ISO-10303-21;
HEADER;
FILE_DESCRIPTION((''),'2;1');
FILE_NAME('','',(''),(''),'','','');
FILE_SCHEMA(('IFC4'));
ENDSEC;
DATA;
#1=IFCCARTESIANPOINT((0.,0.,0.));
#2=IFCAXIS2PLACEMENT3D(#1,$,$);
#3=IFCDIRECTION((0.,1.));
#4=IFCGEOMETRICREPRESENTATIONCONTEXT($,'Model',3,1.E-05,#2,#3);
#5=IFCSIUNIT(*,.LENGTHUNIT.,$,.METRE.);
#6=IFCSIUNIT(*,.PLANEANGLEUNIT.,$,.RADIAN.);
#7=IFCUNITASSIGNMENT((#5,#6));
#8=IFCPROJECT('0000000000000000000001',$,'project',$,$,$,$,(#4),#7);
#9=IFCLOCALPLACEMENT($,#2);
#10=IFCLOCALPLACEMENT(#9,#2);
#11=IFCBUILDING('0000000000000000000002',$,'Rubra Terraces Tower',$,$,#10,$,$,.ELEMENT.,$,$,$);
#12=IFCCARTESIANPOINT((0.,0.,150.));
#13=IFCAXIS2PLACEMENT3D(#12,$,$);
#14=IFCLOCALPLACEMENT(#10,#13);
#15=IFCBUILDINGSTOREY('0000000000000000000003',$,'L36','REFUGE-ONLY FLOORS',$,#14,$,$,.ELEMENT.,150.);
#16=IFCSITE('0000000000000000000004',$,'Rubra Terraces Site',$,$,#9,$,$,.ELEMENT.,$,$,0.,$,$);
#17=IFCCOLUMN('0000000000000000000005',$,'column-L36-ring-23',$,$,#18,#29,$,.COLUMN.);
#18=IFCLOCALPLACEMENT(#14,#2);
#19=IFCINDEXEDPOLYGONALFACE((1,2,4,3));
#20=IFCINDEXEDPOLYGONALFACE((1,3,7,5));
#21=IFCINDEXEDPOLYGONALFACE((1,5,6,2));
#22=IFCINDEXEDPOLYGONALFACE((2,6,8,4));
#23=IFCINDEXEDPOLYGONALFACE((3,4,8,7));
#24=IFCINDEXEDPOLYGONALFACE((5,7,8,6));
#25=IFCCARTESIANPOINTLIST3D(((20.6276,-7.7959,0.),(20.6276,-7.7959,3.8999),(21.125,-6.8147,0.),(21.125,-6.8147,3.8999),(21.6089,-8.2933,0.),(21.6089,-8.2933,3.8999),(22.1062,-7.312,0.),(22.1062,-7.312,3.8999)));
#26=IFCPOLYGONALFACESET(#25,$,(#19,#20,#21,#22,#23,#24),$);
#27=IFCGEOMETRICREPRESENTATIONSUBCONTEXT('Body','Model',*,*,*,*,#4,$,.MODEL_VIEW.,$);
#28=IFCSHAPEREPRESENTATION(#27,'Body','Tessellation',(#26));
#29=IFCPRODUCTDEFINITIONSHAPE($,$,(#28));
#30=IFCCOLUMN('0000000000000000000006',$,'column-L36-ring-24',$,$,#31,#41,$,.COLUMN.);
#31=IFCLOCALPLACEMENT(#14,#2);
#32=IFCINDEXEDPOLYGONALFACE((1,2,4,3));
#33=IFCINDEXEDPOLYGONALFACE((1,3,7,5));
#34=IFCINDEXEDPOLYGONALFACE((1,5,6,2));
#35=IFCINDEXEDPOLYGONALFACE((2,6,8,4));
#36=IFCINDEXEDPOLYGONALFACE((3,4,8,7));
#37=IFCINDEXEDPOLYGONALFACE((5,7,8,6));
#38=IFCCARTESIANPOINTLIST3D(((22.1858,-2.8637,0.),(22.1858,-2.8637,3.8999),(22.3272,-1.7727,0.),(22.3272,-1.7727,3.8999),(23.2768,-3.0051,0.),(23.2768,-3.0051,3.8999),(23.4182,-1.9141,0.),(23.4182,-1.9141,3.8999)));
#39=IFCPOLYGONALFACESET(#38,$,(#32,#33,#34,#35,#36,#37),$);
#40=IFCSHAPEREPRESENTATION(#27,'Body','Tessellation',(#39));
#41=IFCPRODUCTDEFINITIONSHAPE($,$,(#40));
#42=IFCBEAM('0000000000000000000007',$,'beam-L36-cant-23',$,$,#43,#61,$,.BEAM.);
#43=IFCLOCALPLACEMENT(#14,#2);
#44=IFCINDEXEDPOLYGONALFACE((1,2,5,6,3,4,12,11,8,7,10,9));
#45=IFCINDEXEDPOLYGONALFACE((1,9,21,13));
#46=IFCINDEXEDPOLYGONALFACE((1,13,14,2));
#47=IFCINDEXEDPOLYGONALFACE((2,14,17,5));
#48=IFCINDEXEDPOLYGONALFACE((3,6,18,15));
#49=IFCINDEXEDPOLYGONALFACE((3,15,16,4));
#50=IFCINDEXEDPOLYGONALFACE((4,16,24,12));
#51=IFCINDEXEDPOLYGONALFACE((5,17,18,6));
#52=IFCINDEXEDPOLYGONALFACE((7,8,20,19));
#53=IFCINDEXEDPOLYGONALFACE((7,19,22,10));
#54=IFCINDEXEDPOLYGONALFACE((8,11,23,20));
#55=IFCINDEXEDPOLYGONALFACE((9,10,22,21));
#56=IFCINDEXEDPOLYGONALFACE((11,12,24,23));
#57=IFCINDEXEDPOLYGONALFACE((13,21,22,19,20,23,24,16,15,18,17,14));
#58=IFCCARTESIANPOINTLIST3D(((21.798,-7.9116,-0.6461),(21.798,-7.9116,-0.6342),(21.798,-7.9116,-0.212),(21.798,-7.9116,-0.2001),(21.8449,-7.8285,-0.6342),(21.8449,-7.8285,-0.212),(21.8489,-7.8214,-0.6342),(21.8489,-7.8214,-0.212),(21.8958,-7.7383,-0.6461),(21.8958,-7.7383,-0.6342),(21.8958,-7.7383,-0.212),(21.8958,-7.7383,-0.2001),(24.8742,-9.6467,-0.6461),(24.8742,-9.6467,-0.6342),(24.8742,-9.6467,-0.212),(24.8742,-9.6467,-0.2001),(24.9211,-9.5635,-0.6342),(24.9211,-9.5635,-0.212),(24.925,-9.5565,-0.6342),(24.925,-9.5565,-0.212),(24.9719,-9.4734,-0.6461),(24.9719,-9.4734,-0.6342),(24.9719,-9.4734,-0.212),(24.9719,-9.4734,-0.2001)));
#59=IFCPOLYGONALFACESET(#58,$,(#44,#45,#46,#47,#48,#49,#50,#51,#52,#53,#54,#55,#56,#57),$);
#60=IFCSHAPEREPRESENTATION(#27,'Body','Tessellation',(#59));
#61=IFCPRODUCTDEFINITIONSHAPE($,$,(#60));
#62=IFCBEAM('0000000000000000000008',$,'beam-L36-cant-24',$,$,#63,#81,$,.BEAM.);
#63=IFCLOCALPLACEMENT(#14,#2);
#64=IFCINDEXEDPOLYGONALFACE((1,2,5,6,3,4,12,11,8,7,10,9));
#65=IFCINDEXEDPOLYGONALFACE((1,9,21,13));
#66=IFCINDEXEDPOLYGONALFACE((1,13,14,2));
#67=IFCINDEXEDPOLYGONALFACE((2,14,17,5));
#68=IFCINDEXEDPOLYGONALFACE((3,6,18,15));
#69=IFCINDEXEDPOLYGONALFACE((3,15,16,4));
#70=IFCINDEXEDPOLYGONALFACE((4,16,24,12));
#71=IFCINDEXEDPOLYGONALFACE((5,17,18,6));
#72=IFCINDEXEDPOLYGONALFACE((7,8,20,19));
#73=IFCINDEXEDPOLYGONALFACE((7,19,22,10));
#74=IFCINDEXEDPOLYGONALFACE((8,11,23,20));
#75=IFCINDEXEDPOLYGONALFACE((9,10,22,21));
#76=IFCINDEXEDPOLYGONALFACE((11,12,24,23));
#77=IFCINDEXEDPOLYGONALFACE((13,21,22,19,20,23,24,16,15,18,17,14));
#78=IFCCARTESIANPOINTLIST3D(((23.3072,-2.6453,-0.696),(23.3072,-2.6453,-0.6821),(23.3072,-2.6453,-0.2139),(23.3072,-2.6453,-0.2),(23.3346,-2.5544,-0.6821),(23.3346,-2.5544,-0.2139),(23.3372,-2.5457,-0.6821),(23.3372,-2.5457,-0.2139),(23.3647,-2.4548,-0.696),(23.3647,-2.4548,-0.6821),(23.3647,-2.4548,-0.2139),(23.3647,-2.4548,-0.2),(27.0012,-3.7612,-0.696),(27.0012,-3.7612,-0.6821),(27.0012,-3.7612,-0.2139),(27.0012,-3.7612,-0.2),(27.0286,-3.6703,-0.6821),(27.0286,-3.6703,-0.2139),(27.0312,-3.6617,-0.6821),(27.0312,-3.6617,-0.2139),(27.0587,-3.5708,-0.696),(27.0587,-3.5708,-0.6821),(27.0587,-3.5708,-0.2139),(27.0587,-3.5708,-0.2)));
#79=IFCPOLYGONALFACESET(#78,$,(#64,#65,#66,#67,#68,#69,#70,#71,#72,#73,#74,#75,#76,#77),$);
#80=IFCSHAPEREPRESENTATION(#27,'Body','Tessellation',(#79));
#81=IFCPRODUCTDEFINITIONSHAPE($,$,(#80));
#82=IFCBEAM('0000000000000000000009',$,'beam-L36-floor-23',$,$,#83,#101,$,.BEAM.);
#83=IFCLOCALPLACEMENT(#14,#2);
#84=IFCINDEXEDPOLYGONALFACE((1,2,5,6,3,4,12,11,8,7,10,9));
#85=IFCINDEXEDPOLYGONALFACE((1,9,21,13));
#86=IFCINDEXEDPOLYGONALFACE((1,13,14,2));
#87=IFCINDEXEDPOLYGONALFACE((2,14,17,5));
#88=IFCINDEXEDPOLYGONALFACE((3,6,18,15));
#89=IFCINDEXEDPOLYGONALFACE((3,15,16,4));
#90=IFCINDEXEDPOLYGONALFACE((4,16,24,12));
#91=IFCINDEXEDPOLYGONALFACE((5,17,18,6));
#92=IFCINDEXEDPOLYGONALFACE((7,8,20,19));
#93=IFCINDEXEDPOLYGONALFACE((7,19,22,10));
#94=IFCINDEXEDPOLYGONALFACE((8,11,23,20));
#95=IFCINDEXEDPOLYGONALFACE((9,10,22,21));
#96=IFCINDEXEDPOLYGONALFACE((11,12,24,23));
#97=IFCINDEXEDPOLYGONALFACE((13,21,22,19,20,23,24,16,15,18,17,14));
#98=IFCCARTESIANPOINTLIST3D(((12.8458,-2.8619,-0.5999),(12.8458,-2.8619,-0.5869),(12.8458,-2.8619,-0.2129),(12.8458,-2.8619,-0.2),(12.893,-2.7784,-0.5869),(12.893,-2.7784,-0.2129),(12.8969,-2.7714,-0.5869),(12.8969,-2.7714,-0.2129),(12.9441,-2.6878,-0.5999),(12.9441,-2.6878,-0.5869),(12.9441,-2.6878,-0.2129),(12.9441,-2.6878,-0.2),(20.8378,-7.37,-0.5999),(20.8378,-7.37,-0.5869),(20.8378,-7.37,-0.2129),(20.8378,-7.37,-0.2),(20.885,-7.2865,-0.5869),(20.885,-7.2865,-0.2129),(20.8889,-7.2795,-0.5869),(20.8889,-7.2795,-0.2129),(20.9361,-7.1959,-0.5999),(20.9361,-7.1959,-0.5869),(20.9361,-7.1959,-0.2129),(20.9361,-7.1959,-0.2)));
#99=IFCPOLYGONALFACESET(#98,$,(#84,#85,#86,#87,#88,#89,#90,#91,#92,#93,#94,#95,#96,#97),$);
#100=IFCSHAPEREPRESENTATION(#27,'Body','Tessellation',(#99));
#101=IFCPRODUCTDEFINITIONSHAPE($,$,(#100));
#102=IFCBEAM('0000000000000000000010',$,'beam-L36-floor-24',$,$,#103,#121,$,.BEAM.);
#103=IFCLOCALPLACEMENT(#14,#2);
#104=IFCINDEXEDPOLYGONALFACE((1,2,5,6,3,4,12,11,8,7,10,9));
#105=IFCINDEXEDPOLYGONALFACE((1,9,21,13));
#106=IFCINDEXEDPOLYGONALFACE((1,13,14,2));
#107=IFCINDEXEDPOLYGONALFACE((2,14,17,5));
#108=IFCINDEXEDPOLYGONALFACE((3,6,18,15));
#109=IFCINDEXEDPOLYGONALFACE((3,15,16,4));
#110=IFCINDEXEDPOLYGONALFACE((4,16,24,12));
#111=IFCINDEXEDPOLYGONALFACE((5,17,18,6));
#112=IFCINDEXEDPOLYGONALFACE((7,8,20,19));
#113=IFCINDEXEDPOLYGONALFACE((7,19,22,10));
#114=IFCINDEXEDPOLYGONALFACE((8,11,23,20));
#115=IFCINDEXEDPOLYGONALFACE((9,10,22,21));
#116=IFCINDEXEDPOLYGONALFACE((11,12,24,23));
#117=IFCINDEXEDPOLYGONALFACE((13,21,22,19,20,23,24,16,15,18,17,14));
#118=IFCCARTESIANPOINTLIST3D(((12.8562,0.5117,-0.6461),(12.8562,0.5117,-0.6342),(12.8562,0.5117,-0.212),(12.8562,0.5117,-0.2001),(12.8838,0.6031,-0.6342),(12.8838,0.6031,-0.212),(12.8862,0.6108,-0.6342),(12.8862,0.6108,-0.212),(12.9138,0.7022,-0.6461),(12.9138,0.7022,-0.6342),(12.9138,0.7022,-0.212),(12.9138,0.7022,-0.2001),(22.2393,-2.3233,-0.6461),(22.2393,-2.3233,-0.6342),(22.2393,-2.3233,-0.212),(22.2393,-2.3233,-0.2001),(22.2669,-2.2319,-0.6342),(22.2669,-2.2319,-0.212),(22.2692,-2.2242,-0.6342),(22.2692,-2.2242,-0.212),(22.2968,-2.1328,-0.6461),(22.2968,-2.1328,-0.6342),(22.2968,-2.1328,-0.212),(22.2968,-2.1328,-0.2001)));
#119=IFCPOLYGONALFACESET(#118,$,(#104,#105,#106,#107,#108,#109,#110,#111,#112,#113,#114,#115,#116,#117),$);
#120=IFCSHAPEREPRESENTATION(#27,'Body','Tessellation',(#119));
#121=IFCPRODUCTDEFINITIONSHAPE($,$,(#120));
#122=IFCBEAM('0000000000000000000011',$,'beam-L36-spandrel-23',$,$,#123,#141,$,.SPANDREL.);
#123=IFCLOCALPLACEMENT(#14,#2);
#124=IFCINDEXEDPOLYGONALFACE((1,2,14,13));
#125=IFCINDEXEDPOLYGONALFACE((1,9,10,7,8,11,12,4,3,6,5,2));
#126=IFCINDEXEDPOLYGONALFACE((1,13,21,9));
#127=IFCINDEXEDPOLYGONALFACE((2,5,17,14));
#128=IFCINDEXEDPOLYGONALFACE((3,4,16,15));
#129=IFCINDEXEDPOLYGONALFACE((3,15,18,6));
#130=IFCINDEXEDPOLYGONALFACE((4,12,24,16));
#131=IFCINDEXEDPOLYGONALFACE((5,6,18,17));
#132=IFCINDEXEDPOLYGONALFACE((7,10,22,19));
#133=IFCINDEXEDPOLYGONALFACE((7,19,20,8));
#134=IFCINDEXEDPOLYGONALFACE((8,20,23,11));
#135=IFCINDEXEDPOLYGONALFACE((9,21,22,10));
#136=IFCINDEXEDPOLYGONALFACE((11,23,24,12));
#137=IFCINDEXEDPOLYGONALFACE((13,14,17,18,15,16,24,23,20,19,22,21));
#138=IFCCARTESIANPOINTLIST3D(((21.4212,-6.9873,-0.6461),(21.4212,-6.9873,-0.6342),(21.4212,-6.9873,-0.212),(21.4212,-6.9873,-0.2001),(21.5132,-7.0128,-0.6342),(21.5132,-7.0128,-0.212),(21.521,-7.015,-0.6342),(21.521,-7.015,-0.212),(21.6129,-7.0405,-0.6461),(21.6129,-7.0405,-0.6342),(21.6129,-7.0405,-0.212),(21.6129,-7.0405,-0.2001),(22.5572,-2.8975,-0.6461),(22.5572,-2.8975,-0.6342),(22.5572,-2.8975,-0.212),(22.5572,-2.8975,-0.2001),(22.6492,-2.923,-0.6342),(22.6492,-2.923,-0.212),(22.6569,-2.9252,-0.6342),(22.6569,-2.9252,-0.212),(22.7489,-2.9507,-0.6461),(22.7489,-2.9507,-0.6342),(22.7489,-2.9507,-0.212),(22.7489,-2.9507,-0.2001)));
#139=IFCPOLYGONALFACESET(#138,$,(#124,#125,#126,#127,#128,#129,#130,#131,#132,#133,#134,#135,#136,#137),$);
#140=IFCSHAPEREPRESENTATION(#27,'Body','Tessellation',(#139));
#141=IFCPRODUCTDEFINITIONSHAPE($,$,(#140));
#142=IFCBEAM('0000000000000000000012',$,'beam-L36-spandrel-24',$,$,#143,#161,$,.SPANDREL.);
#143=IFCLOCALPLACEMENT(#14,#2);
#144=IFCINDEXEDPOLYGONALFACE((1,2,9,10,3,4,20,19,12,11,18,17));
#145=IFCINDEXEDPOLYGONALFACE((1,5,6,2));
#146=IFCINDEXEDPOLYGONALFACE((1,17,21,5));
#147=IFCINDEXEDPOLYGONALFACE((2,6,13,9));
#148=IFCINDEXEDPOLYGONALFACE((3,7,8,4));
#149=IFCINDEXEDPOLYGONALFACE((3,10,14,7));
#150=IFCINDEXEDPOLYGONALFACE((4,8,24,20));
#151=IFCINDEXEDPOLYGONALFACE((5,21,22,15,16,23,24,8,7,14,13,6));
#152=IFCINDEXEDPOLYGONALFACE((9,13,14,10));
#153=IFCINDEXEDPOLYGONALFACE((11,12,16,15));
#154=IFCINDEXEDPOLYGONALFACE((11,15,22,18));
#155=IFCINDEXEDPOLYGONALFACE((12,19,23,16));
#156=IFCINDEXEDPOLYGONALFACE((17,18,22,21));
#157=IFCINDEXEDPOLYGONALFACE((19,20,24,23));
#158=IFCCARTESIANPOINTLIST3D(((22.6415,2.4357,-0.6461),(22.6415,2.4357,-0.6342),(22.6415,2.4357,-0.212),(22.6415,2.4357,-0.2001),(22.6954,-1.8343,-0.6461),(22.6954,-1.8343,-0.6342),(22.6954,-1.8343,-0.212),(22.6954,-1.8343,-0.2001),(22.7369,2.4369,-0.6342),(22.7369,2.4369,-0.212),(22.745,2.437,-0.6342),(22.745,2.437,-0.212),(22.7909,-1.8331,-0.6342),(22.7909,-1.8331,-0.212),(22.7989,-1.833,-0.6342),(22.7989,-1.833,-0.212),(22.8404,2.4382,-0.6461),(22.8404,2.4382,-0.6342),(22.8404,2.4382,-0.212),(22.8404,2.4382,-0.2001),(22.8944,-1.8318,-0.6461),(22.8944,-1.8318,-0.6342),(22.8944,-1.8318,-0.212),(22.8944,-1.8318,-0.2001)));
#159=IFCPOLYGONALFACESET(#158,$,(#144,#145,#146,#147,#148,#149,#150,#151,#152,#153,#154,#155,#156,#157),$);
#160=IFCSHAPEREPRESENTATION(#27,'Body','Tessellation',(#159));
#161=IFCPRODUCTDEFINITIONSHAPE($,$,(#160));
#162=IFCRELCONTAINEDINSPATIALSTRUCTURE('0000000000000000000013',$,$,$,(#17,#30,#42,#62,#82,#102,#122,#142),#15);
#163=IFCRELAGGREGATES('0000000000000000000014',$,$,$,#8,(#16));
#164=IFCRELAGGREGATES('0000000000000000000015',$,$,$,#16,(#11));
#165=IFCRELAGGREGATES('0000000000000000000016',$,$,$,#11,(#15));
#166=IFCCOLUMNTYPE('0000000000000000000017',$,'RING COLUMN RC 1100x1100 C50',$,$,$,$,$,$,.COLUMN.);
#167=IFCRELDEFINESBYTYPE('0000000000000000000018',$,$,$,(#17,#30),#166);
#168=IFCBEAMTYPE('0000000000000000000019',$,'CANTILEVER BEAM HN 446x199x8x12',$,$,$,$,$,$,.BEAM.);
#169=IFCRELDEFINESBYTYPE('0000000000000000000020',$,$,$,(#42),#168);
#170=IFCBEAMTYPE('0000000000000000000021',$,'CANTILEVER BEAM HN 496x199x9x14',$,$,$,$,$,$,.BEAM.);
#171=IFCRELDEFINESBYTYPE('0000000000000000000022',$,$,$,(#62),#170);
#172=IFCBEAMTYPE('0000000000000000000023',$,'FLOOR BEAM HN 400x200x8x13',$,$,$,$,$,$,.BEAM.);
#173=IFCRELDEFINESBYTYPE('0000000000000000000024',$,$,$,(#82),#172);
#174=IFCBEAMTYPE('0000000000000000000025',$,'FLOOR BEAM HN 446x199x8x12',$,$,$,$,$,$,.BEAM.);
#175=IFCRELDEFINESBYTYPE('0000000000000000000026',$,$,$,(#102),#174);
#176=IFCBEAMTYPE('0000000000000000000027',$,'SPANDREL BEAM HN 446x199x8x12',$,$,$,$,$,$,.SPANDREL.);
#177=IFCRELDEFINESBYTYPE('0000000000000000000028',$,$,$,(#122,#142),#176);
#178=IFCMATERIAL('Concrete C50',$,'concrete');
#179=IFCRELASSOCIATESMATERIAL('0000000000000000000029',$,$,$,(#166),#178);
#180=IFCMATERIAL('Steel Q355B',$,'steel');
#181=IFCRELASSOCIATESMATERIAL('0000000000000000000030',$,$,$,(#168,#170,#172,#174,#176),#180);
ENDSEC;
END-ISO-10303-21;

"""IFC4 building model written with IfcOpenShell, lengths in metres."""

from ifc_helpers import new_model, si_unit, direction, frame, origin, origin_2d, place, context, subcontext, project, spatial, rectangle, i_section, extrude, material, material_profile, profile_set, type_object, element, save


model = new_model("IFC4")

# Units and contexts
model_context = context("Model", 3, precision=1e-05, world=origin(), true_north=direction((0.0, 1.0)))
body_context = subcontext(model_context, "Body", "Model", "MODEL_VIEW")
ifc_project = project(units=[si_unit("LENGTHUNIT", "METRE"), si_unit("PLANEANGLEUNIT", "RADIAN")], contexts=[model_context])

# Site, building, storey
site_placement = place(None, origin())
site = spatial("IfcSite", under=ifc_project, at=site_placement, Name="Rubra Terraces Site", CompositionType="ELEMENT", RefElevation=0.0)
building_placement = place(site_placement, origin())
building = spatial("IfcBuilding", under=site, at=building_placement, Name="Rubra Terraces Tower", CompositionType="ELEMENT")
storey_placement = place(building_placement, frame((0.0, 0.0, 150.0)))
storey = spatial("IfcBuildingStorey", under=building, at=storey_placement, Name="L36", Description="REFUGE-ONLY FLOORS", CompositionType="ELEMENT", Elevation=150.0)

# Columns
ifc_material_1 = material(Name="Concrete C50", Category="concrete")
ifc_material_profile_1 = material_profile(ifc_material_1, rectangle(XDim=1.1001, YDim=1.1001, at=origin_2d()), Name="RC 1100x1100")
ifc_profile_set_1 = profile_set([ifc_material_profile_1], Name="Concrete C50")
column_type = type_object("IfcColumnType", Name="RING COLUMN RC 1100x1100 C50", PredefinedType="COLUMN", material=ifc_profile_set_1)
for number, where, z_axis, x_axis, name in (
    (1, (21.3669, -7.554, 0.0), (0.0, 0.0, 1.0), (0.452079, 0.891978, 0.0), "column-L36-ring-23"),
    (2, (22.802, -2.3889, 0.0), (0.0, 0.0, 1.0), (0.128535, 0.991705, 0.0), "column-L36-ring-24"),
):
    element("IfcColumn", number, at=place(storey_placement, frame(where, z_axis=z_axis, x_axis=x_axis)), inside=storey, type_object=column_type, Name=name, PredefinedType="COLUMN", context=body_context, shape_type="SweptSolid", body=[
        extrude(rectangle(XDim=1.1001, YDim=1.1001, at=origin_2d()), origin(), (0.0, 0.0, 1.0), 3.8999),
    ])

# Beams
ifc_material_2 = material(Name="Steel Q355B", Category="steel")
ifc_material_profile_2 = material_profile(ifc_material_2, i_section(OverallWidth=0.199, OverallDepth=0.446, WebThickness=0.0081, FlangeThickness=0.012, at=origin_2d()), Name="HN 446x199x8x12")
ifc_profile_set_2 = profile_set([ifc_material_profile_2], Name="Steel Q355B")
beam_type_1 = type_object("IfcBeamType", Name="CANTILEVER BEAM HN 446x199x8x12", PredefinedType="BEAM", material=ifc_profile_set_2)
beam_1_placement = place(storey_placement, frame((21.8469, -7.825, -0.4231), z_axis=(0.870999, -0.491285, 0.0), x_axis=(0.491285, 0.870999, 0.0)))
element("IfcBeam", 3, at=beam_1_placement, inside=storey, type_object=beam_type_1, Name="beam-L36-cant-23", PredefinedType="BEAM", context=body_context, shape_type="SweptSolid", body=[
    extrude(i_section(OverallWidth=0.199, OverallDepth=0.446, WebThickness=0.0081, FlangeThickness=0.012, at=origin_2d()), origin(), (0.0, 0.0, 1.0), 3.5317),
])
ifc_material_profile_3 = material_profile(ifc_material_2, i_section(OverallWidth=0.199, OverallDepth=0.4961, WebThickness=0.009, FlangeThickness=0.0139, at=origin_2d()), Name="HN 496x199x9x14")
ifc_profile_set_3 = profile_set([ifc_material_profile_3], Name="Steel Q355B")
beam_type_2 = type_object("IfcBeamType", Name="CANTILEVER BEAM HN 496x199x9x14", PredefinedType="BEAM", material=ifc_profile_set_3)
beam_2_placement = place(storey_placement, frame((23.3359, -2.55, -0.448), z_axis=(0.957273, -0.289187, 0.0), x_axis=(0.289187, 0.957273, 0.0)))
element("IfcBeam", 4, at=beam_2_placement, inside=storey, type_object=beam_type_2, Name="beam-L36-cant-24", PredefinedType="BEAM", context=body_context, shape_type="SweptSolid", body=[
    extrude(i_section(OverallWidth=0.199, OverallDepth=0.4961, WebThickness=0.009, FlangeThickness=0.0139, at=origin_2d()), origin(), (0.0, 0.0, 1.0), 3.8589),
])
ifc_material_profile_4 = material_profile(ifc_material_2, i_section(OverallWidth=0.2, OverallDepth=0.3999, WebThickness=0.0081, FlangeThickness=0.0129, at=origin_2d()), Name="HN 400x200x8x13")
ifc_profile_set_4 = profile_set([ifc_material_profile_4], Name="Steel Q355B")
beam_type_3 = type_object("IfcBeamType", Name="FLOOR BEAM HN 400x200x8x13", PredefinedType="BEAM", material=ifc_profile_set_4)
beam_3_placement = place(storey_placement, frame((20.887, -7.283, -0.3999), z_axis=(-0.870989, 0.491303, 0.0), x_axis=(-0.491303, -0.870989, 0.0)))
element("IfcBeam", 5, at=beam_3_placement, inside=storey, type_object=beam_type_3, Name="beam-L36-floor-23", PredefinedType="BEAM", context=body_context, shape_type="SweptSolid", body=[
    extrude(i_section(OverallWidth=0.2, OverallDepth=0.3999, WebThickness=0.0081, FlangeThickness=0.0129, at=origin_2d()), origin(), (0.0, 0.0, 1.0), 9.1758),
])
ifc_material_profile_5 = material_profile(ifc_material_2, i_section(OverallWidth=0.199, OverallDepth=0.446, WebThickness=0.0081, FlangeThickness=0.012, at=origin_2d()), Name="HN 446x199x8x12")
ifc_profile_set_5 = profile_set([ifc_material_profile_5], Name="Steel Q355B")
beam_type_4 = type_object("IfcBeamType", Name="FLOOR BEAM HN 446x199x8x12", PredefinedType="BEAM", material=ifc_profile_set_5)
beam_4_placement = place(storey_placement, frame((22.2681, -2.228, -0.4231), z_axis=(-0.957262, 0.289223, 0.0), x_axis=(-0.289223, -0.957262, 0.0)))
element("IfcBeam", 6, at=beam_4_placement, inside=storey, type_object=beam_type_4, Name="beam-L36-floor-24", PredefinedType="BEAM", context=body_context, shape_type="SweptSolid", body=[
    extrude(i_section(OverallWidth=0.199, OverallDepth=0.446, WebThickness=0.0081, FlangeThickness=0.012, at=origin_2d()), origin(), (0.0, 0.0, 1.0), 9.802),
])
ifc_material_profile_6 = material_profile(ifc_material_2, i_section(OverallWidth=0.199, OverallDepth=0.446, WebThickness=0.0081, FlangeThickness=0.012, at=origin_2d()), Name="HN 446x199x8x12")
ifc_profile_set_6 = profile_set([ifc_material_profile_6], Name="Steel Q355B")
beam_type_5 = type_object("IfcBeamType", Name="SPANDREL BEAM HN 446x199x8x12", PredefinedType="SPANDREL", material=ifc_profile_set_6)
beam_5_placement = place(storey_placement, frame((21.5171, -7.0139, -0.4231), z_axis=(0.267626, 0.963523, 0.0), x_axis=(-0.963523, 0.267626, 0.0)))
element("IfcBeam", 7, at=beam_5_placement, inside=storey, type_object=beam_type_5, Name="beam-L36-spandrel-23", PredefinedType="SPANDREL", context=body_context, shape_type="SweptSolid", body=[
    extrude(i_section(OverallWidth=0.199, OverallDepth=0.446, WebThickness=0.0081, FlangeThickness=0.012, at=origin_2d()), origin(), (0.0, 0.0, 1.0), 4.2446),
])
beam_6_placement = place(storey_placement, frame((22.7949, -1.833, -0.4231), z_axis=(-0.012635, 0.99992, 0.0), x_axis=(-0.99992, -0.012635, 0.0)))
element("IfcBeam", 8, at=beam_6_placement, inside=storey, type_object=beam_type_5, Name="beam-L36-spandrel-24", PredefinedType="SPANDREL", context=body_context, shape_type="SweptSolid", body=[
    extrude(i_section(OverallWidth=0.199, OverallDepth=0.446, WebThickness=0.0081, FlangeThickness=0.012, at=origin_2d()), origin(), (0.0, 0.0, 1.0), 4.2703),
])

save(model, "model.ifc")
